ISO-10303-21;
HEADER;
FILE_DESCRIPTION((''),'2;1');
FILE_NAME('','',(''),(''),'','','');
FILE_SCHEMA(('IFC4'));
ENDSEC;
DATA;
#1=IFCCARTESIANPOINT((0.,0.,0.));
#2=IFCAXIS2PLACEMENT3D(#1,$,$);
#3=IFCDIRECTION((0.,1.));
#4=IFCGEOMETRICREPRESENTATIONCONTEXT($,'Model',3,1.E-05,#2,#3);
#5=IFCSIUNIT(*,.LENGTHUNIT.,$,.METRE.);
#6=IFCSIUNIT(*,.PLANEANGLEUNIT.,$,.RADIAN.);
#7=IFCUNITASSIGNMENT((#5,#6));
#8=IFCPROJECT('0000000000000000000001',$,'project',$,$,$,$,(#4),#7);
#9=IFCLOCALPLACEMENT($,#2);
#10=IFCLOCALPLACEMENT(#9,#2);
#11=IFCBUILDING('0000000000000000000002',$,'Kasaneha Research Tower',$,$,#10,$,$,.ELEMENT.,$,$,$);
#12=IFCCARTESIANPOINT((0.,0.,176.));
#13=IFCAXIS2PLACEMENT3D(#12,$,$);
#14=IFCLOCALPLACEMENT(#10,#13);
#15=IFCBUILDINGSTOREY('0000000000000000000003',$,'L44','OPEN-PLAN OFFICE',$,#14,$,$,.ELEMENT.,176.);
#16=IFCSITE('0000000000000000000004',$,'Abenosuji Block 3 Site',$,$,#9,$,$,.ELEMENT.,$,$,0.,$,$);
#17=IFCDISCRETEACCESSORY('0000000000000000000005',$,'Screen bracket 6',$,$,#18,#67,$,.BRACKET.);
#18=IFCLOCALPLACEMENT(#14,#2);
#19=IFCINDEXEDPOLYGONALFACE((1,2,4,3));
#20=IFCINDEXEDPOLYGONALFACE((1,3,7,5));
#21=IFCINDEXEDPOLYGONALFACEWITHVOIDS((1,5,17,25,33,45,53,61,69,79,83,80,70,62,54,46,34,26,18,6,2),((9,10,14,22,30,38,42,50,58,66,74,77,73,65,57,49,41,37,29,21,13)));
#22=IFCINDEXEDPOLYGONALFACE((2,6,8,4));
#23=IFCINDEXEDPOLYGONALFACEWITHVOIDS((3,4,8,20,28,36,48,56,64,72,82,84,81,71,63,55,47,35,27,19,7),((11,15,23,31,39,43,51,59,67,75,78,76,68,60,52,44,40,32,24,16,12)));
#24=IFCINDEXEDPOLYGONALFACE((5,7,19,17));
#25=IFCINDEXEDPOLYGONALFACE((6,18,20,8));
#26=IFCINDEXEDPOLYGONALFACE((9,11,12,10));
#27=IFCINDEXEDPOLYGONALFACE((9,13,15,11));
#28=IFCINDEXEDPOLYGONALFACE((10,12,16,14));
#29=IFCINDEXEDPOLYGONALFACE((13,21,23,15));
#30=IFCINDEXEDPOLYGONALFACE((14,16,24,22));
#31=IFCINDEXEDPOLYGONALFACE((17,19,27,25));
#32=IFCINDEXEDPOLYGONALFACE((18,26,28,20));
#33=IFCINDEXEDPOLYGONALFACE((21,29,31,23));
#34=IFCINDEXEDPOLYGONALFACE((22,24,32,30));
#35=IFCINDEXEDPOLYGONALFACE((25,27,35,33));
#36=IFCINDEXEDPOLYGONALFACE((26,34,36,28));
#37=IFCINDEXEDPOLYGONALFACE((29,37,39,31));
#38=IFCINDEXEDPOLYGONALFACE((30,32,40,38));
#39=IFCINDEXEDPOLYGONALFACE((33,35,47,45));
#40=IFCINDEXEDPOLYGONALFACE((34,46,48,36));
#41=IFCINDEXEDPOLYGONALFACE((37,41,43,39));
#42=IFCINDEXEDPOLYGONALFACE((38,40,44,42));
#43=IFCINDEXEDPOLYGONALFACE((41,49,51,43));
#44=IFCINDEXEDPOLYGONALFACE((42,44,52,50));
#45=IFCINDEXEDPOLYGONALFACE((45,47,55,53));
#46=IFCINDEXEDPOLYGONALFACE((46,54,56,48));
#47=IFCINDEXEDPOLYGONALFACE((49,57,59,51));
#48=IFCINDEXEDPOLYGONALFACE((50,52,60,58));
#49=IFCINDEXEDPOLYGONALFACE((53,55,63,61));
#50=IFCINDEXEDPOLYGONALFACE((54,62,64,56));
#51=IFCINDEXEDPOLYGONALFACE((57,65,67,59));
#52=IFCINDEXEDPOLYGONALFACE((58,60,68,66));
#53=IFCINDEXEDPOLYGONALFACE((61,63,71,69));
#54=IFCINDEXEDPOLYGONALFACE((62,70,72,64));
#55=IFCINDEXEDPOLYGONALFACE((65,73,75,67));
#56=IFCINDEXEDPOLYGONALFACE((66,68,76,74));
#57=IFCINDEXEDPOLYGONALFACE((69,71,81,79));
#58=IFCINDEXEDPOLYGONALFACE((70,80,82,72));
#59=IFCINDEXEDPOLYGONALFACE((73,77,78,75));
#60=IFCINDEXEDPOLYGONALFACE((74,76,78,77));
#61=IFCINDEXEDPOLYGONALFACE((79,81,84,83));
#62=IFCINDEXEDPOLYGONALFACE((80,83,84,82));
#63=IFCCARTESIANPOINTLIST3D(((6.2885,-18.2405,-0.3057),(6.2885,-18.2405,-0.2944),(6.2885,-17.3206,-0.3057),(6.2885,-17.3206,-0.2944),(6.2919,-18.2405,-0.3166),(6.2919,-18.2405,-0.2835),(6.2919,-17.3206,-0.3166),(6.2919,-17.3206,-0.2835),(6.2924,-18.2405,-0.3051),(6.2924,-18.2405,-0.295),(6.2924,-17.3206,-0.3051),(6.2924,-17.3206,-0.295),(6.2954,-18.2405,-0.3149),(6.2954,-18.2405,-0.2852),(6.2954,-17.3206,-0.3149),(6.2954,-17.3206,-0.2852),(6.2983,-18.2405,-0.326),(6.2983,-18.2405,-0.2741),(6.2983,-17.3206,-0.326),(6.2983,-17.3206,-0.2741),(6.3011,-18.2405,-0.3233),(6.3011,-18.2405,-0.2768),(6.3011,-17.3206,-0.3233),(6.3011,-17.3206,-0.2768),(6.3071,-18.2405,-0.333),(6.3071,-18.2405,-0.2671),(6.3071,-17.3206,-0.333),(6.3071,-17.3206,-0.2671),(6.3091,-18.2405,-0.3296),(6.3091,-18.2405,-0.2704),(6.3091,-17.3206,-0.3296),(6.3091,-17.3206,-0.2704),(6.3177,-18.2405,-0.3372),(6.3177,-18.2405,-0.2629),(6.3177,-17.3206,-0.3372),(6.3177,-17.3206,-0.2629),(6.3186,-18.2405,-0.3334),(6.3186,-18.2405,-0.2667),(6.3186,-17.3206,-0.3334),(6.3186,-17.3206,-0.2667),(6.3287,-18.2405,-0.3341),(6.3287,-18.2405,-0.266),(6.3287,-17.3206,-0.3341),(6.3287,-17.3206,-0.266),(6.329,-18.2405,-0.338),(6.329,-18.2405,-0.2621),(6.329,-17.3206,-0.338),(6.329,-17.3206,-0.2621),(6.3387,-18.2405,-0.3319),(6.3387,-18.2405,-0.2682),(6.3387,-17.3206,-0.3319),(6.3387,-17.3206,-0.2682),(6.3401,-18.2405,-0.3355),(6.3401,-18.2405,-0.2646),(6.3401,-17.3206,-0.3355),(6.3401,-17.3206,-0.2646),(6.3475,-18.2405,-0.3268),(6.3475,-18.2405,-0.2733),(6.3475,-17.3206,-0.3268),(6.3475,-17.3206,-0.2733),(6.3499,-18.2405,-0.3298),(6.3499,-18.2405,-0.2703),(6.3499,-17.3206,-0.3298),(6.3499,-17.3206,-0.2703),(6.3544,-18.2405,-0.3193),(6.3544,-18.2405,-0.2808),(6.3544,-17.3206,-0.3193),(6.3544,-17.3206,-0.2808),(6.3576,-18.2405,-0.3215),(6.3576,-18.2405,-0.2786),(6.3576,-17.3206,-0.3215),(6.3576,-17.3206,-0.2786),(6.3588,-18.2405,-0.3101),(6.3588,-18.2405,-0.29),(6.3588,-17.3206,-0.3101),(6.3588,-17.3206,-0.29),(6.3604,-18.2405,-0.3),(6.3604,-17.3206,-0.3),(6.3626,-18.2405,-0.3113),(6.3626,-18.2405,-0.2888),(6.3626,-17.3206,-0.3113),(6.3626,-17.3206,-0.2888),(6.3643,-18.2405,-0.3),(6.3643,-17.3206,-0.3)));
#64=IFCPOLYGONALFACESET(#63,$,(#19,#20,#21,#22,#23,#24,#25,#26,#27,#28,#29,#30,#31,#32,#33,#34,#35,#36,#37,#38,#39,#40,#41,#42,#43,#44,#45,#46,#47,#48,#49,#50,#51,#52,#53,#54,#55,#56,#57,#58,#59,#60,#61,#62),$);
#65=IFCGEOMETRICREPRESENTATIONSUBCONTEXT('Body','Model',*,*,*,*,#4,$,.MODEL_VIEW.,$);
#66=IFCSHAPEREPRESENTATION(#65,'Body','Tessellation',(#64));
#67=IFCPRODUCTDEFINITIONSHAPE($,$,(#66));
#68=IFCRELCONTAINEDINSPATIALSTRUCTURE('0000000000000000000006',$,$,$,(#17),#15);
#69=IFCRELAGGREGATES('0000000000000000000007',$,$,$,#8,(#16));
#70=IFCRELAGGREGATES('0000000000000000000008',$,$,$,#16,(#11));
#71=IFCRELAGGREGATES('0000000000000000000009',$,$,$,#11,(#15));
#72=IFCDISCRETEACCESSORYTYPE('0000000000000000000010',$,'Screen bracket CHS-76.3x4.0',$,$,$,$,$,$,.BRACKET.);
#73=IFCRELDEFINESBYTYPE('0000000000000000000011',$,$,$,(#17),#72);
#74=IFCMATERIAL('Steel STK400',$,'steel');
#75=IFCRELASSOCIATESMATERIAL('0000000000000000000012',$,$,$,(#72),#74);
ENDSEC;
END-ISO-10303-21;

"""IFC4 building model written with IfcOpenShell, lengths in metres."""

from ifc_helpers import new_model, si_unit, direction, frame, origin, origin_2d, place, context, subcontext, project, spatial, hollow_circle, extrude, material, material_profile, profile_set, type_object, element, save


model = new_model("IFC4")

# Units and contexts
model_context = context("Model", 3, precision=1e-05, world=origin(), true_north=direction((0.0, 1.0)))
body_context = subcontext(model_context, "Body", "Model", "MODEL_VIEW")
ifc_project = project(units=[si_unit("LENGTHUNIT", "METRE"), si_unit("PLANEANGLEUNIT", "RADIAN")], contexts=[model_context])

# Site, building, storey
site_placement = place(None, origin())
site = spatial("IfcSite", under=ifc_project, at=site_placement, Name="Abenosuji Block 3 Site", CompositionType="ELEMENT", RefElevation=0.0)
building_placement = place(site_placement, origin())
building = spatial("IfcBuilding", under=site, at=building_placement, Name="Kasaneha Research Tower", CompositionType="ELEMENT")
storey_placement = place(building_placement, frame((0.0, 0.0, 176.0)))
storey = spatial("IfcBuildingStorey", under=building, at=storey_placement, Name="L44", Description="OPEN-PLAN OFFICE", CompositionType="ELEMENT", Elevation=176.0)

# Discrete accessory
ifc_material_1 = material(Name="Steel STK400", Category="steel")
ifc_material_profile_1 = material_profile(ifc_material_1, hollow_circle(Radius=0.0381, WallThickness=0.0039, at=origin_2d()), Name="CHS-76.3x4.0")
ifc_profile_set_1 = profile_set([ifc_material_profile_1], Name="Steel STK400")
discrete_accessory_type = type_object("IfcDiscreteAccessoryType", Name="Screen bracket CHS-76.3x4.0", PredefinedType="BRACKET", material=ifc_profile_set_1)
for number, where, z_axis, x_axis, name in (
    (1, (6.3262, -17.3206, -0.3), (0.0, -1.0, 0.0), (1.0, 0.0, 0.0), "Screen bracket 6"),
):
    element("IfcDiscreteAccessory", number, at=place(storey_placement, frame(where, z_axis=z_axis, x_axis=x_axis)), inside=storey, type_object=discrete_accessory_type, Name=name, PredefinedType="BRACKET", context=body_context, shape_type="SweptSolid", body=[
        extrude(hollow_circle(Radius=0.0381, WallThickness=0.0039, at=origin_2d()), origin(), (0.0, 0.0, 1.0), 0.9199),
    ])

save(model, "model.ifc")
